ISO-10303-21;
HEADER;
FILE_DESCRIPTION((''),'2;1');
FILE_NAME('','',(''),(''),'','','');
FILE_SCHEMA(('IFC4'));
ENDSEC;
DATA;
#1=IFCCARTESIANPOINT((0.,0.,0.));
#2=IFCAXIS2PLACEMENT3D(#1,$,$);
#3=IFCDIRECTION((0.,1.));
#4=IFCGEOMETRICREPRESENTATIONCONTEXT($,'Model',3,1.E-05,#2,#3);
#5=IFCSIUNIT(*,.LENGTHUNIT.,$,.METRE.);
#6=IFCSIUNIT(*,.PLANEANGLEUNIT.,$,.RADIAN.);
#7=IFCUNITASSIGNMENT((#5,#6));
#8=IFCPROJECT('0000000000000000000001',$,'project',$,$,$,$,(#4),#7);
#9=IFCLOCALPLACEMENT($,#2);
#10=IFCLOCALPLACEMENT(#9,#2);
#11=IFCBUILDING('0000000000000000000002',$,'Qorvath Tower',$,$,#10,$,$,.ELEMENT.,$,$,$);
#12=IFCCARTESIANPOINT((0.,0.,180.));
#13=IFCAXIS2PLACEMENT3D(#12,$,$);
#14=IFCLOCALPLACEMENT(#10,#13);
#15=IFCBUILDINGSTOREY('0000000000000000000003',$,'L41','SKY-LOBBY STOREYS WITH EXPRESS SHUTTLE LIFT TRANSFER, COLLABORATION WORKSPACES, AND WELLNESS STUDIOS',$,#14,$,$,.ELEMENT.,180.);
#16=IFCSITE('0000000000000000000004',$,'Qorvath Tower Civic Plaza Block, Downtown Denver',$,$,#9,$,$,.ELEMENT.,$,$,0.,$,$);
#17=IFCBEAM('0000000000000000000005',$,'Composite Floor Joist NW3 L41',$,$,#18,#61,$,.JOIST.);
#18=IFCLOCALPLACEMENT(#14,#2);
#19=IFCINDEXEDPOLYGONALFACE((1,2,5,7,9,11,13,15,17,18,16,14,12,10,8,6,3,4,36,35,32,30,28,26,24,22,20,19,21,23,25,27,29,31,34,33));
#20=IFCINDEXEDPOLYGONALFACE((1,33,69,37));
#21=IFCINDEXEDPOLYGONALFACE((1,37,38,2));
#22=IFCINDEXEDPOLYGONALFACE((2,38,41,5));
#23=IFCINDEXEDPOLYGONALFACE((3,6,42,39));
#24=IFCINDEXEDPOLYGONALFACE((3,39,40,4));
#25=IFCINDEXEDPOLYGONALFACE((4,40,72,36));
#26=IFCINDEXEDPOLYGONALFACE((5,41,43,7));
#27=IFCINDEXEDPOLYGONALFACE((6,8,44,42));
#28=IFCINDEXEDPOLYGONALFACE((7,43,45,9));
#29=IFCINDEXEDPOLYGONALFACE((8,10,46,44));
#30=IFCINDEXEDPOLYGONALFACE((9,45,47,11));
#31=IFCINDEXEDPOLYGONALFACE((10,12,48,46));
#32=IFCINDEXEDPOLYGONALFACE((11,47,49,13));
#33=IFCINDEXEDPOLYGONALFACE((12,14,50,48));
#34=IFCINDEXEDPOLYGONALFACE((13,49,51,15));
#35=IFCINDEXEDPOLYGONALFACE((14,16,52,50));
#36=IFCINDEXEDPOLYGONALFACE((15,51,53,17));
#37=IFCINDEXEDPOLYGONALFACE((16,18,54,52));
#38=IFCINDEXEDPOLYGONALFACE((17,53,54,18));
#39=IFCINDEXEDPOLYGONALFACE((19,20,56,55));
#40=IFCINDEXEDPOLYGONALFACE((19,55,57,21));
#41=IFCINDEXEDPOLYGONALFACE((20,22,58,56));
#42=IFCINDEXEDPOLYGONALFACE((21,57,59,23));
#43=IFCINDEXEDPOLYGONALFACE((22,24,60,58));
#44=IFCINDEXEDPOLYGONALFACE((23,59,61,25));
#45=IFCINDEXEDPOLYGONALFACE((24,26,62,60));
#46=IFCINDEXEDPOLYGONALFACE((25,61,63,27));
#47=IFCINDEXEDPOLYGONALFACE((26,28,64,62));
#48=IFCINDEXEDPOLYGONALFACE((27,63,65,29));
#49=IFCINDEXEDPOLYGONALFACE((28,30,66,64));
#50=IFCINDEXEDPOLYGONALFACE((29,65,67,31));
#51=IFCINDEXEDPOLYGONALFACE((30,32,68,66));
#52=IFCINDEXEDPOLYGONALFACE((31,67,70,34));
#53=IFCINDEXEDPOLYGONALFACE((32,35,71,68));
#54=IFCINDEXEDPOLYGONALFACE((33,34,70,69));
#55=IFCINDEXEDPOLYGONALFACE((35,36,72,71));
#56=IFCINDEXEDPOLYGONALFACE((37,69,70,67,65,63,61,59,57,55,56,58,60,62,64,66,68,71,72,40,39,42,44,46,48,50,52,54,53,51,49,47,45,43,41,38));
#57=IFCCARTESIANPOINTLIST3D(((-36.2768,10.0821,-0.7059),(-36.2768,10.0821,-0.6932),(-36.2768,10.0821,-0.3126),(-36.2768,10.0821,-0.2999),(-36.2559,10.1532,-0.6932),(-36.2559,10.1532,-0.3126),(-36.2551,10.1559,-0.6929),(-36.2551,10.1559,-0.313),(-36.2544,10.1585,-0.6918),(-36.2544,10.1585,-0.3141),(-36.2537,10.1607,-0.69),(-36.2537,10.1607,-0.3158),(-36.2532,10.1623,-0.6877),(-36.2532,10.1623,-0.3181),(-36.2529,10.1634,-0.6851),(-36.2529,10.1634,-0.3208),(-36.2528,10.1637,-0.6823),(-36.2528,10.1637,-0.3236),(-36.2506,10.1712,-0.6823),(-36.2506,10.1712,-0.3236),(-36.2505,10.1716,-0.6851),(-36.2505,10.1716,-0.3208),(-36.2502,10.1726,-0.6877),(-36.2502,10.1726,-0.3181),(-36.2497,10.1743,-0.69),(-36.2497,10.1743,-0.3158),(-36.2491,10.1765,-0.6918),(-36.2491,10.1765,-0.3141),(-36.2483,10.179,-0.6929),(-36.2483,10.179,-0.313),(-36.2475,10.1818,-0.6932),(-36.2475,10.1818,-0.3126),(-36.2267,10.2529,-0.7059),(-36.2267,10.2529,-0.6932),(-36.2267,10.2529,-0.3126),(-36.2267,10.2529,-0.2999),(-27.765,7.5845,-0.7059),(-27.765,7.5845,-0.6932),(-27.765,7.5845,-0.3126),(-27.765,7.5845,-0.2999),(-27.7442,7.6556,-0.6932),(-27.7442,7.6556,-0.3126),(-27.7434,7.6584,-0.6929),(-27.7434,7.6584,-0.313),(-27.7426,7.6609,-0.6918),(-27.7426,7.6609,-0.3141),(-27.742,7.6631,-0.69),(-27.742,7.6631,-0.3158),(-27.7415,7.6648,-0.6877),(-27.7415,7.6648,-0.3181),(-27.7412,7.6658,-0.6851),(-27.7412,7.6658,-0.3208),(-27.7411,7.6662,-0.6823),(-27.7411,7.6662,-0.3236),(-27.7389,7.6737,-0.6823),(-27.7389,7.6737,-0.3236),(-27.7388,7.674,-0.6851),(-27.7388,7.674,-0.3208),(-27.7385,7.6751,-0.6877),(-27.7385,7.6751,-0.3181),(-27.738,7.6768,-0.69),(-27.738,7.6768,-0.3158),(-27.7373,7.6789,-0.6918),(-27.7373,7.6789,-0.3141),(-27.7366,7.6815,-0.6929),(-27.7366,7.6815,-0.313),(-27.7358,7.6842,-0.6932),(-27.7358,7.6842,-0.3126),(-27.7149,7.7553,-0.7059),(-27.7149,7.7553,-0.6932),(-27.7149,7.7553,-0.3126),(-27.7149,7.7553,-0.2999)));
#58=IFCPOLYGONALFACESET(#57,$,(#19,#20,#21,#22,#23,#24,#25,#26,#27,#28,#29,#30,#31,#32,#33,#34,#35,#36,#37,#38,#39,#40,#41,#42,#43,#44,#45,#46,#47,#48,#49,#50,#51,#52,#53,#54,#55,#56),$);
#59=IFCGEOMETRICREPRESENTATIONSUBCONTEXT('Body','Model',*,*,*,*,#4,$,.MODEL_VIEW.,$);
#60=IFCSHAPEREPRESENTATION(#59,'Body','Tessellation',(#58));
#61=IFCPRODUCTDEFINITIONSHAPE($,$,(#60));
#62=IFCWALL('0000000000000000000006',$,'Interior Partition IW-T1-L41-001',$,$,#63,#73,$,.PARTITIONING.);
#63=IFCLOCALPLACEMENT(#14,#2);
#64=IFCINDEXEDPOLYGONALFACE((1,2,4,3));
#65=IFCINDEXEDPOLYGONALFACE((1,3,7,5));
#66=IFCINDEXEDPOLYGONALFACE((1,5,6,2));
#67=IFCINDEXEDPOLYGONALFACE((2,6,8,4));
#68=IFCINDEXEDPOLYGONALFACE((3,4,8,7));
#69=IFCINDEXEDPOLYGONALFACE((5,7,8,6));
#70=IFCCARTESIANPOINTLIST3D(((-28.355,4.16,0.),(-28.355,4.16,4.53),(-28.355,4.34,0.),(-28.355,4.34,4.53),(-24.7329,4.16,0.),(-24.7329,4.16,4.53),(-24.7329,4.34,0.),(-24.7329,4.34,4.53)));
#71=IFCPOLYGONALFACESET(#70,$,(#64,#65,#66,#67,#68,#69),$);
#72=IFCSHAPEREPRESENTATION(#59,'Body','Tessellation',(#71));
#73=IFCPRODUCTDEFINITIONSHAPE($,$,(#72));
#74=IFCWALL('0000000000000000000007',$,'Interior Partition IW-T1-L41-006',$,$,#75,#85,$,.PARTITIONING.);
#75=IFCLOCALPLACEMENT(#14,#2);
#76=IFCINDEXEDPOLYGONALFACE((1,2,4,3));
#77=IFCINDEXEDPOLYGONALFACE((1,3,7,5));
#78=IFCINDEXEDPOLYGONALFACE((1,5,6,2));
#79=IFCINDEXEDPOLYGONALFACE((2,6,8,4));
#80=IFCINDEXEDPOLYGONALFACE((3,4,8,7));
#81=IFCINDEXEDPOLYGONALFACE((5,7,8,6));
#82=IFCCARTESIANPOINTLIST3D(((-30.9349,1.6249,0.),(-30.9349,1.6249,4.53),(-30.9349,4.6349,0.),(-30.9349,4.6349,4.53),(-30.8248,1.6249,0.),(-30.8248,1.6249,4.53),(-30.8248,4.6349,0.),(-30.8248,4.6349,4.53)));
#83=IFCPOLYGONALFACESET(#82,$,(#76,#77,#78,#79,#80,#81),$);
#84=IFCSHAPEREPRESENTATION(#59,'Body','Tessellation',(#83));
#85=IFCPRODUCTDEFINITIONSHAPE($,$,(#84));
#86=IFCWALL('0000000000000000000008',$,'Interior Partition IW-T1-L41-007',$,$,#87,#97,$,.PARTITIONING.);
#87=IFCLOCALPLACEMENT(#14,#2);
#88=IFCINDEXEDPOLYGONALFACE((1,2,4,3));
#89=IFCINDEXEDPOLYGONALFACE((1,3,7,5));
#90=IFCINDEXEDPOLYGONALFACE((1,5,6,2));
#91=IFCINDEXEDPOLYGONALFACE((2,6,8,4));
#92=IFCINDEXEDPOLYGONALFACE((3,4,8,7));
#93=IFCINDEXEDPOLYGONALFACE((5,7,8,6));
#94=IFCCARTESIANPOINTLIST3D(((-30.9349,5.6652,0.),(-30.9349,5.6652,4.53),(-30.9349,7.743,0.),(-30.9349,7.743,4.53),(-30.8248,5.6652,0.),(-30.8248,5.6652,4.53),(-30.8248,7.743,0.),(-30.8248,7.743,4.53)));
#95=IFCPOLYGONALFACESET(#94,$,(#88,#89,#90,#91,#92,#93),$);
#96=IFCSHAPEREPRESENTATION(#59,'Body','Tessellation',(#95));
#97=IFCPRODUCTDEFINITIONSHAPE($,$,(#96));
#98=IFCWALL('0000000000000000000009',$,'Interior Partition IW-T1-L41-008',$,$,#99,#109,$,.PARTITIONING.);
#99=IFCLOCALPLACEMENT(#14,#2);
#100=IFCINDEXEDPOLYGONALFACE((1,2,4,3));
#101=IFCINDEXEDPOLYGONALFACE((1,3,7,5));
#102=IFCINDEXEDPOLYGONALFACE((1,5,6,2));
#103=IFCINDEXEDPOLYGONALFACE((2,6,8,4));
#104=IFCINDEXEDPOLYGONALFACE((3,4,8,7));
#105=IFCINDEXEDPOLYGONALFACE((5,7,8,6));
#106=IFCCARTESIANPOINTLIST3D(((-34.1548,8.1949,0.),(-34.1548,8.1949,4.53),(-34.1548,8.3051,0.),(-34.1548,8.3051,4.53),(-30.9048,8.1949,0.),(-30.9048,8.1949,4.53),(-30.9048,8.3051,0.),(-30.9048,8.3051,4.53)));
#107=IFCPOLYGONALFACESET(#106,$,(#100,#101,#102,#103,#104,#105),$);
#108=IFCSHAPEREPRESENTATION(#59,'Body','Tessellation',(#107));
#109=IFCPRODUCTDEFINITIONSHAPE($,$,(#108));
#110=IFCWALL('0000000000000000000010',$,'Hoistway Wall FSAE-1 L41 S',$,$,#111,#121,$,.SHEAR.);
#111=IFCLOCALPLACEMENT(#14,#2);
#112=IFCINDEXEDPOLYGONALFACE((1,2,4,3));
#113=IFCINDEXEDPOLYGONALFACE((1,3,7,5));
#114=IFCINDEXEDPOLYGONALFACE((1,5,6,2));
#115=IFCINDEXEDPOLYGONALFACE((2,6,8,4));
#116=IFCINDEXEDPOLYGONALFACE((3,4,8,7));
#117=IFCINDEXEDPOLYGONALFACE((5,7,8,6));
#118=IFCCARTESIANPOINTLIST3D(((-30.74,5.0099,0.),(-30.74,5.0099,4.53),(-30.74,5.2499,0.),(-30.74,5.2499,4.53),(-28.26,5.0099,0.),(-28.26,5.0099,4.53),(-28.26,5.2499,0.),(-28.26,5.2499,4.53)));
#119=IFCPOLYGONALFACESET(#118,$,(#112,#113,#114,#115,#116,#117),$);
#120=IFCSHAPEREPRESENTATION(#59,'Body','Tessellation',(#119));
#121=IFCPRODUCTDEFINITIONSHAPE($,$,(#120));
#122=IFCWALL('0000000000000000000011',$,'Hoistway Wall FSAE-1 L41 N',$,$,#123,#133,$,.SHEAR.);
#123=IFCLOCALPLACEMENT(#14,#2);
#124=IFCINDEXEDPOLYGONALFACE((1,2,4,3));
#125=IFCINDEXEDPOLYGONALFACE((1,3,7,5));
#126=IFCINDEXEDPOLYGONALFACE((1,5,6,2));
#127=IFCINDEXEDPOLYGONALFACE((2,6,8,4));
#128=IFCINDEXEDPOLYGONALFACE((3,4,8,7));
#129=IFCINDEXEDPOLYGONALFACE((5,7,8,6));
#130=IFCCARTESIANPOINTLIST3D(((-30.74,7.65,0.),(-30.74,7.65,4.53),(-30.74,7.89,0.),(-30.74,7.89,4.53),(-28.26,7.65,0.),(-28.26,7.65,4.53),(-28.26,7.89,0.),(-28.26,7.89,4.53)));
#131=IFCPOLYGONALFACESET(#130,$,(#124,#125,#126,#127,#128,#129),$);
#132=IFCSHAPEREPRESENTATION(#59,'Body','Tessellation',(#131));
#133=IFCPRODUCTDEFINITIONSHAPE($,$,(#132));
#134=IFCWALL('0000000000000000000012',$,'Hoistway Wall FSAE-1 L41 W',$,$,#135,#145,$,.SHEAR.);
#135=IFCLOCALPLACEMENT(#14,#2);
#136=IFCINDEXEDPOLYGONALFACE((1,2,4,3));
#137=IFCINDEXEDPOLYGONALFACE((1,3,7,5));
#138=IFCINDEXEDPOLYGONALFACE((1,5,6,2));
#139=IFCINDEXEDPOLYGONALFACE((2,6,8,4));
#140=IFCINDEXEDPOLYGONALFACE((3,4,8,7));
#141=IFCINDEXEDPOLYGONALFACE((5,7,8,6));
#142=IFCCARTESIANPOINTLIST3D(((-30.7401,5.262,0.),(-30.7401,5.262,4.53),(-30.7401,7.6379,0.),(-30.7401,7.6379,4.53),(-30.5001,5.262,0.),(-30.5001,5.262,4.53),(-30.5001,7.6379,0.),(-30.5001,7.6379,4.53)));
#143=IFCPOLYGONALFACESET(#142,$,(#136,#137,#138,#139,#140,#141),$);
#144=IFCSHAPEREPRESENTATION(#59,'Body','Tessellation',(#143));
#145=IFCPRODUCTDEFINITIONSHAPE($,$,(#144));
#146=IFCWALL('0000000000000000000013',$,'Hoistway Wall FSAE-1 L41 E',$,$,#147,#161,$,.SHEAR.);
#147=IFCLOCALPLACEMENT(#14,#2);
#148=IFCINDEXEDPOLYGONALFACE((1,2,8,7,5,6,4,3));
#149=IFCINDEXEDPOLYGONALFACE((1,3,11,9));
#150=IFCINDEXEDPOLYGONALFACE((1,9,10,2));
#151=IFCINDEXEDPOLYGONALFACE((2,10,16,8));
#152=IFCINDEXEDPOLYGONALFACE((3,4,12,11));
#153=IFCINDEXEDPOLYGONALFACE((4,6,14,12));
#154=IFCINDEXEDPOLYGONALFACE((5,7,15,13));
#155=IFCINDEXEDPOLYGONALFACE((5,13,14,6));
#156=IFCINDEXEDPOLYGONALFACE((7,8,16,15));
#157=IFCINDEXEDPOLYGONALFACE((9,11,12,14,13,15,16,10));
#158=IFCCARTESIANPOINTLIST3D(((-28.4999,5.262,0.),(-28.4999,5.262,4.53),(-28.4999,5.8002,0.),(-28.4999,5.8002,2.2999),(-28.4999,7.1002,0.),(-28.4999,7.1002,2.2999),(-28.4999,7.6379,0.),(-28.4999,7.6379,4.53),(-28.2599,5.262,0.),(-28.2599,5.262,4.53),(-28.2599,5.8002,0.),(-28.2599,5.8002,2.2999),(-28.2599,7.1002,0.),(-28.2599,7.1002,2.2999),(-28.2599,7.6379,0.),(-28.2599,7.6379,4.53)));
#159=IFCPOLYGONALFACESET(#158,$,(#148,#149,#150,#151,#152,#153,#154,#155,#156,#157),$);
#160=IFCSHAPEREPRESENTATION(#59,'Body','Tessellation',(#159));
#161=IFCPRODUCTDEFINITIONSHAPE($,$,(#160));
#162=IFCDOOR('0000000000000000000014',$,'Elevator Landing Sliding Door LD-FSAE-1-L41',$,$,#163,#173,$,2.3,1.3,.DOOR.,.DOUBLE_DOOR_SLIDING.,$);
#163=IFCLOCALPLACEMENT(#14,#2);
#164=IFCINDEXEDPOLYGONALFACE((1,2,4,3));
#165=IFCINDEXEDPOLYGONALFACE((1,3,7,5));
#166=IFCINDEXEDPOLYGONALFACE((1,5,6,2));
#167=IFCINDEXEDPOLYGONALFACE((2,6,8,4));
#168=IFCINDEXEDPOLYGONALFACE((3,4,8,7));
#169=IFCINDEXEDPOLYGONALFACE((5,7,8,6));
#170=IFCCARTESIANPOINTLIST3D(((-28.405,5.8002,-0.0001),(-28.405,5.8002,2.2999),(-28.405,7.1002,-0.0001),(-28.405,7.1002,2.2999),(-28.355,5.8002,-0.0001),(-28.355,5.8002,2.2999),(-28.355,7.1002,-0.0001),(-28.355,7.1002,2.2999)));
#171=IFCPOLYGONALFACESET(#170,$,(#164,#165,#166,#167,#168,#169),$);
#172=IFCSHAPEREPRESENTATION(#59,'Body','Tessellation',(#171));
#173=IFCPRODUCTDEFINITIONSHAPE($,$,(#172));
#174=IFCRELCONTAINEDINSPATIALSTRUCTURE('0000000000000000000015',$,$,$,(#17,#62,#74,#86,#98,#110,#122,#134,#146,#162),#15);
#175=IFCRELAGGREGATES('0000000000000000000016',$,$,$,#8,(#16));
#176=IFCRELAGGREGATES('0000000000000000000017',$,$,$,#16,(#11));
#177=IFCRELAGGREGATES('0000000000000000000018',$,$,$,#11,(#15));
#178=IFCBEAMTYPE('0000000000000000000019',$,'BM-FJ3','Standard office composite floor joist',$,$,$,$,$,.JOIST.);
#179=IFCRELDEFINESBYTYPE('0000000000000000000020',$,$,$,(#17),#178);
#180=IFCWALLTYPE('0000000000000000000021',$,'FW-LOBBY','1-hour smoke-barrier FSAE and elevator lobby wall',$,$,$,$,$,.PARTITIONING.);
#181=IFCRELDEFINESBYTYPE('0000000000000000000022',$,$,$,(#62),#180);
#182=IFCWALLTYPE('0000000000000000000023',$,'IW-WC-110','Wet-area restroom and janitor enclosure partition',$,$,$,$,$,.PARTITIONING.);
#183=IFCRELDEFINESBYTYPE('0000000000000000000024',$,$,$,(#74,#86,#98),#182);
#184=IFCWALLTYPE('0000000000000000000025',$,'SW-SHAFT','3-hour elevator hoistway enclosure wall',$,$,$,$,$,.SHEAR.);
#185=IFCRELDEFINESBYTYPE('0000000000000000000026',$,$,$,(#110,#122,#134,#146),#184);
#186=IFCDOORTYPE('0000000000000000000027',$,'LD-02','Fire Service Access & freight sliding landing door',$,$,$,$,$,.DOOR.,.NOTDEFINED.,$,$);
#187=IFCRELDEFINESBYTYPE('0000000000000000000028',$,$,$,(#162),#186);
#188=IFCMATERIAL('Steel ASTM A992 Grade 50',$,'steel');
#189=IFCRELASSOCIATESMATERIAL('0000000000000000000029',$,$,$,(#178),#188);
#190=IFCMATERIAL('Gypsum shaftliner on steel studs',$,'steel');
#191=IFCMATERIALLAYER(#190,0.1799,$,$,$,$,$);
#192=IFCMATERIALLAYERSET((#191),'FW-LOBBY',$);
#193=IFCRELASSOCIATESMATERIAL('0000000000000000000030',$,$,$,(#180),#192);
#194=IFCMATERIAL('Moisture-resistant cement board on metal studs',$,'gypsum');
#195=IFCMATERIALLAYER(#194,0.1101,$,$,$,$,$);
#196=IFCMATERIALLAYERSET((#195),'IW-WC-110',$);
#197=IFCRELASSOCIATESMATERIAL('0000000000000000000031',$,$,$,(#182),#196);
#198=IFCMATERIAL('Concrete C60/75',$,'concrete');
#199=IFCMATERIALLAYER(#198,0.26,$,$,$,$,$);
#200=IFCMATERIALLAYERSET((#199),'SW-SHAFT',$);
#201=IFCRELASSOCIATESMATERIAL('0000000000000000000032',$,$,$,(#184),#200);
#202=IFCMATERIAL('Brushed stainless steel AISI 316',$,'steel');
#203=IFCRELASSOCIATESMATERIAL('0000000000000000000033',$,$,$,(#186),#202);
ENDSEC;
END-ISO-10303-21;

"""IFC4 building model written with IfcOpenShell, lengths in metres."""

from ifc_helpers import new_model, si_unit, direction, frame, frame_2d, origin, origin_2d, place, context, subcontext, project, spatial, rectangle, i_section, extrude, material, layer, layer_set, material_profile, profile_set, type_object, element, fill, save


model = new_model("IFC4")

# Units and contexts
model_context = context("Model", 3, precision=1e-05, world=origin(), true_north=direction((0.0, 1.0)))
body_context = subcontext(model_context, "Body", "Model", "MODEL_VIEW")
ifc_project = project(units=[si_unit("LENGTHUNIT", "METRE"), si_unit("PLANEANGLEUNIT", "RADIAN")], contexts=[model_context])

# Site, building, storey
site_placement = place(None, origin())
site = spatial("IfcSite", under=ifc_project, at=site_placement, Name="Qorvath Tower Civic Plaza Block, Downtown Denver", CompositionType="ELEMENT", RefElevation=0.0)
building_placement = place(site_placement, origin())
building = spatial("IfcBuilding", under=site, at=building_placement, Name="Qorvath Tower", CompositionType="ELEMENT")
storey_placement = place(building_placement, frame((0.0, 0.0, 180.0)))
storey = spatial("IfcBuildingStorey", under=building, at=storey_placement, Name="L41", Description="SKY-LOBBY STOREYS WITH EXPRESS SHUTTLE LIFT TRANSFER, COLLABORATION WORKSPACES, AND WELLNESS STUDIOS", CompositionType="ELEMENT", Elevation=180.0)

# Beam
ifc_material_1 = material(Name="Steel ASTM A992 Grade 50", Category="steel")
ifc_material_profile_1 = material_profile(ifc_material_1, i_section(OverallWidth=0.178, OverallDepth=0.406, WebThickness=0.0078, FlangeThickness=0.0127, FilletRadius=0.011, at=origin_2d()), Name="W16x40")
ifc_profile_set_1 = profile_set([ifc_material_profile_1], Name="Steel ASTM A992 Grade 50")
beam_type_1 = type_object("IfcBeamType", Name="BM-FJ3", Description="Standard office composite floor joist", PredefinedType="JOIST", material=ifc_profile_set_1)
beam_1_placement = place(storey_placement, frame((-27.74, 7.6699, -0.5029), z_axis=(-0.959545, 0.281555, 0.0), x_axis=(-0.281555, -0.959545, 0.0)))
element("IfcBeam", 1, at=beam_1_placement, inside=storey, type_object=beam_type_1, Name="Composite Floor Joist NW3 L41", PredefinedType="JOIST", context=body_context, shape_type="SweptSolid", body=[
    extrude(i_section(OverallWidth=0.178, OverallDepth=0.406, WebThickness=0.0078, FlangeThickness=0.0127, FilletRadius=0.011, at=origin_2d()), origin(), (0.0, 0.0, 1.0), 8.8706),
])

# Wall
ifc_material_2 = material(Name="Gypsum shaftliner on steel studs", Category="steel")
ifc_layer_1 = layer(ifc_material_2, 0.1799)
ifc_layer_set_1 = layer_set([ifc_layer_1], Name="FW-LOBBY")
wall_type_1 = type_object("IfcWallType", Name="FW-LOBBY", Description="1-hour smoke-barrier FSAE and elevator lobby wall", PredefinedType="PARTITIONING", material=ifc_layer_set_1)
wall_1_placement = place(storey_placement, frame((-28.355, 4.25, 0.0), z_axis=(0.0, 0.0, 1.0), x_axis=(1.0, 0.0, 0.0)))
element("IfcWall", 2, at=wall_1_placement, inside=storey, type_object=wall_type_1, Name="Interior Partition IW-T1-L41-001", PredefinedType="PARTITIONING", context=body_context, shape_type="SweptSolid", body=[
    extrude(rectangle(XDim=3.6221, YDim=0.1799, at=frame_2d((1.811, 0.0))), origin(), (0.0, 0.0, 1.0), 4.53),
])

# Walls
ifc_material_3 = material(Name="Moisture-resistant cement board on metal studs", Category="gypsum")
ifc_layer_2 = layer(ifc_material_3, 0.1101)
ifc_layer_set_2 = layer_set([ifc_layer_2], Name="IW-WC-110")
wall_type_2 = type_object("IfcWallType", Name="IW-WC-110", Description="Wet-area restroom and janitor enclosure partition", PredefinedType="PARTITIONING", material=ifc_layer_set_2)
wall_2_placement = place(storey_placement, frame((-30.8799, 1.625, 0.0), z_axis=(0.0, 0.0, 1.0), x_axis=(0.0, 1.0, 0.0)))
element("IfcWall", 3, at=wall_2_placement, inside=storey, type_object=wall_type_2, Name="Interior Partition IW-T1-L41-006", PredefinedType="PARTITIONING", context=body_context, shape_type="SweptSolid", body=[
    extrude(rectangle(XDim=3.01, YDim=0.1101, at=frame_2d((1.5049, 0.0))), origin(), (0.0, 0.0, 1.0), 4.53),
])
wall_3_placement = place(storey_placement, frame((-30.8799, 5.665, 0.0), z_axis=(0.0, 0.0, 1.0), x_axis=(0.0, 1.0, 0.0)))
element("IfcWall", 4, at=wall_3_placement, inside=storey, type_object=wall_type_2, Name="Interior Partition IW-T1-L41-007", PredefinedType="PARTITIONING", context=body_context, shape_type="SweptSolid", body=[
    extrude(rectangle(XDim=2.0779, YDim=0.1101, at=frame_2d((1.0391, 0.0))), origin(), (0.0, 0.0, 1.0), 4.53),
])
wall_4_placement = place(storey_placement, frame((-30.9048, 8.25, 0.0), z_axis=(0.0, 0.0, 1.0), x_axis=(-1.0, 0.0, 0.0)))
element("IfcWall", 5, at=wall_4_placement, inside=storey, type_object=wall_type_2, Name="Interior Partition IW-T1-L41-008", PredefinedType="PARTITIONING", context=body_context, shape_type="SweptSolid", body=[
    extrude(rectangle(XDim=3.25, YDim=0.1101, at=frame_2d((1.625, 0.0))), origin(), (0.0, 0.0, 1.0), 4.53),
])
ifc_material_4 = material(Name="Concrete C60/75", Category="concrete")
ifc_layer_3 = layer(ifc_material_4, 0.26)
ifc_layer_set_3 = layer_set([ifc_layer_3], Name="SW-SHAFT")
wall_type_3 = type_object("IfcWallType", Name="SW-SHAFT", Description="3-hour elevator hoistway enclosure wall", PredefinedType="SHEAR", material=ifc_layer_set_3)
for number, where, z_axis, x_axis, name in (
    (6, (-28.26, 5.1299, 0.0), (0.0, 0.0, 1.0), (-1.0, 0.0, 0.0), "Hoistway Wall FSAE-1 L41 S"),
    (7, (-30.74, 7.77, 0.0), (0.0, 0.0, 1.0), (1.0, 0.0, 0.0), "Hoistway Wall FSAE-1 L41 N"),
):
    element("IfcWall", number, at=place(storey_placement, frame(where, z_axis=z_axis, x_axis=x_axis)), inside=storey, type_object=wall_type_3, Name=name, PredefinedType="SHEAR", context=body_context, shape_type="SweptSolid", body=[
        extrude(rectangle(XDim=2.48, YDim=0.24, at=frame_2d((1.24, 0.0))), origin(), (0.0, 0.0, 1.0), 4.53),
    ])
wall_5_placement = place(storey_placement, frame((-30.6201, 5.262, 0.0), z_axis=(0.0, 0.0, 1.0), x_axis=(0.0, 1.0, 0.0)))
element("IfcWall", 8, at=wall_5_placement, inside=storey, type_object=wall_type_3, Name="Hoistway Wall FSAE-1 L41 W", PredefinedType="SHEAR", context=body_context, shape_type="SweptSolid", body=[
    extrude(rectangle(XDim=2.376, YDim=0.24, at=frame_2d((1.188, 0.0))), origin(), (0.0, 0.0, 1.0), 4.53),
])

# Wall, opening, door
wall_6_placement = place(storey_placement, frame((-28.3799, 7.6379, 0.0), z_axis=(0.0, 0.0, 1.0), x_axis=(0.0, -1.0, 0.0)))
wall_6 = element("IfcWall", 9, at=wall_6_placement, inside=storey, type_object=wall_type_3, Name="Hoistway Wall FSAE-1 L41 E", PredefinedType="SHEAR", context=body_context, shape_type="SweptSolid", body=[
    extrude(rectangle(XDim=2.376, YDim=0.24, at=frame_2d((1.188, 0.0))), origin(), (0.0, 0.0, 1.0), 4.53),
])
opening_1_placement = place(wall_6_placement, frame((0.5378, 0.0, 0.0)))
opening_1 = element("IfcOpeningElement", 10, at=opening_1_placement, cuts=wall_6, PredefinedType="OPENING", context=body_context, shape_type="SweptSolid", body=[
    extrude(rectangle(XDim=1.3, YDim=2.3, at=frame_2d((0.6499, 1.1499))), frame((0.0, 0.1299, 0.0), z_axis=(0.0, -1.0, 0.0), x_axis=(1.0, 0.0, 0.0)), (0.0, 0.0, 1.0), 0.26),
])
ifc_material_5 = material(Name="Brushed stainless steel AISI 316", Category="steel")
door_type_1 = type_object("IfcDoorType", Name="LD-02", Description="Fire Service Access & freight sliding landing door", OperationType="NOTDEFINED", PredefinedType="DOOR", material=ifc_material_5)
door_1_placement = place(opening_1_placement, origin())
door_1 = element("IfcDoor", 11, at=door_1_placement, inside=storey, type_object=door_type_1, Name="Elevator Landing Sliding Door LD-FSAE-1-L41", OperationType="DOUBLE_DOOR_SLIDING", OverallHeight=2.3, OverallWidth=1.3, PredefinedType="DOOR", context=body_context, shape_type="SweptSolid", body=[
    extrude(rectangle(XDim=1.3, YDim=2.3, at=frame_2d((0.6499, 1.1499))), frame((0.0, 0.0249, 0.0), z_axis=(0.0, -1.0, 0.0), x_axis=(1.0, 0.0, 0.0)), (0.0, 0.0, 1.0), 0.05),
])
fill(opening_1, door_1)

save(model, "model.ifc")
